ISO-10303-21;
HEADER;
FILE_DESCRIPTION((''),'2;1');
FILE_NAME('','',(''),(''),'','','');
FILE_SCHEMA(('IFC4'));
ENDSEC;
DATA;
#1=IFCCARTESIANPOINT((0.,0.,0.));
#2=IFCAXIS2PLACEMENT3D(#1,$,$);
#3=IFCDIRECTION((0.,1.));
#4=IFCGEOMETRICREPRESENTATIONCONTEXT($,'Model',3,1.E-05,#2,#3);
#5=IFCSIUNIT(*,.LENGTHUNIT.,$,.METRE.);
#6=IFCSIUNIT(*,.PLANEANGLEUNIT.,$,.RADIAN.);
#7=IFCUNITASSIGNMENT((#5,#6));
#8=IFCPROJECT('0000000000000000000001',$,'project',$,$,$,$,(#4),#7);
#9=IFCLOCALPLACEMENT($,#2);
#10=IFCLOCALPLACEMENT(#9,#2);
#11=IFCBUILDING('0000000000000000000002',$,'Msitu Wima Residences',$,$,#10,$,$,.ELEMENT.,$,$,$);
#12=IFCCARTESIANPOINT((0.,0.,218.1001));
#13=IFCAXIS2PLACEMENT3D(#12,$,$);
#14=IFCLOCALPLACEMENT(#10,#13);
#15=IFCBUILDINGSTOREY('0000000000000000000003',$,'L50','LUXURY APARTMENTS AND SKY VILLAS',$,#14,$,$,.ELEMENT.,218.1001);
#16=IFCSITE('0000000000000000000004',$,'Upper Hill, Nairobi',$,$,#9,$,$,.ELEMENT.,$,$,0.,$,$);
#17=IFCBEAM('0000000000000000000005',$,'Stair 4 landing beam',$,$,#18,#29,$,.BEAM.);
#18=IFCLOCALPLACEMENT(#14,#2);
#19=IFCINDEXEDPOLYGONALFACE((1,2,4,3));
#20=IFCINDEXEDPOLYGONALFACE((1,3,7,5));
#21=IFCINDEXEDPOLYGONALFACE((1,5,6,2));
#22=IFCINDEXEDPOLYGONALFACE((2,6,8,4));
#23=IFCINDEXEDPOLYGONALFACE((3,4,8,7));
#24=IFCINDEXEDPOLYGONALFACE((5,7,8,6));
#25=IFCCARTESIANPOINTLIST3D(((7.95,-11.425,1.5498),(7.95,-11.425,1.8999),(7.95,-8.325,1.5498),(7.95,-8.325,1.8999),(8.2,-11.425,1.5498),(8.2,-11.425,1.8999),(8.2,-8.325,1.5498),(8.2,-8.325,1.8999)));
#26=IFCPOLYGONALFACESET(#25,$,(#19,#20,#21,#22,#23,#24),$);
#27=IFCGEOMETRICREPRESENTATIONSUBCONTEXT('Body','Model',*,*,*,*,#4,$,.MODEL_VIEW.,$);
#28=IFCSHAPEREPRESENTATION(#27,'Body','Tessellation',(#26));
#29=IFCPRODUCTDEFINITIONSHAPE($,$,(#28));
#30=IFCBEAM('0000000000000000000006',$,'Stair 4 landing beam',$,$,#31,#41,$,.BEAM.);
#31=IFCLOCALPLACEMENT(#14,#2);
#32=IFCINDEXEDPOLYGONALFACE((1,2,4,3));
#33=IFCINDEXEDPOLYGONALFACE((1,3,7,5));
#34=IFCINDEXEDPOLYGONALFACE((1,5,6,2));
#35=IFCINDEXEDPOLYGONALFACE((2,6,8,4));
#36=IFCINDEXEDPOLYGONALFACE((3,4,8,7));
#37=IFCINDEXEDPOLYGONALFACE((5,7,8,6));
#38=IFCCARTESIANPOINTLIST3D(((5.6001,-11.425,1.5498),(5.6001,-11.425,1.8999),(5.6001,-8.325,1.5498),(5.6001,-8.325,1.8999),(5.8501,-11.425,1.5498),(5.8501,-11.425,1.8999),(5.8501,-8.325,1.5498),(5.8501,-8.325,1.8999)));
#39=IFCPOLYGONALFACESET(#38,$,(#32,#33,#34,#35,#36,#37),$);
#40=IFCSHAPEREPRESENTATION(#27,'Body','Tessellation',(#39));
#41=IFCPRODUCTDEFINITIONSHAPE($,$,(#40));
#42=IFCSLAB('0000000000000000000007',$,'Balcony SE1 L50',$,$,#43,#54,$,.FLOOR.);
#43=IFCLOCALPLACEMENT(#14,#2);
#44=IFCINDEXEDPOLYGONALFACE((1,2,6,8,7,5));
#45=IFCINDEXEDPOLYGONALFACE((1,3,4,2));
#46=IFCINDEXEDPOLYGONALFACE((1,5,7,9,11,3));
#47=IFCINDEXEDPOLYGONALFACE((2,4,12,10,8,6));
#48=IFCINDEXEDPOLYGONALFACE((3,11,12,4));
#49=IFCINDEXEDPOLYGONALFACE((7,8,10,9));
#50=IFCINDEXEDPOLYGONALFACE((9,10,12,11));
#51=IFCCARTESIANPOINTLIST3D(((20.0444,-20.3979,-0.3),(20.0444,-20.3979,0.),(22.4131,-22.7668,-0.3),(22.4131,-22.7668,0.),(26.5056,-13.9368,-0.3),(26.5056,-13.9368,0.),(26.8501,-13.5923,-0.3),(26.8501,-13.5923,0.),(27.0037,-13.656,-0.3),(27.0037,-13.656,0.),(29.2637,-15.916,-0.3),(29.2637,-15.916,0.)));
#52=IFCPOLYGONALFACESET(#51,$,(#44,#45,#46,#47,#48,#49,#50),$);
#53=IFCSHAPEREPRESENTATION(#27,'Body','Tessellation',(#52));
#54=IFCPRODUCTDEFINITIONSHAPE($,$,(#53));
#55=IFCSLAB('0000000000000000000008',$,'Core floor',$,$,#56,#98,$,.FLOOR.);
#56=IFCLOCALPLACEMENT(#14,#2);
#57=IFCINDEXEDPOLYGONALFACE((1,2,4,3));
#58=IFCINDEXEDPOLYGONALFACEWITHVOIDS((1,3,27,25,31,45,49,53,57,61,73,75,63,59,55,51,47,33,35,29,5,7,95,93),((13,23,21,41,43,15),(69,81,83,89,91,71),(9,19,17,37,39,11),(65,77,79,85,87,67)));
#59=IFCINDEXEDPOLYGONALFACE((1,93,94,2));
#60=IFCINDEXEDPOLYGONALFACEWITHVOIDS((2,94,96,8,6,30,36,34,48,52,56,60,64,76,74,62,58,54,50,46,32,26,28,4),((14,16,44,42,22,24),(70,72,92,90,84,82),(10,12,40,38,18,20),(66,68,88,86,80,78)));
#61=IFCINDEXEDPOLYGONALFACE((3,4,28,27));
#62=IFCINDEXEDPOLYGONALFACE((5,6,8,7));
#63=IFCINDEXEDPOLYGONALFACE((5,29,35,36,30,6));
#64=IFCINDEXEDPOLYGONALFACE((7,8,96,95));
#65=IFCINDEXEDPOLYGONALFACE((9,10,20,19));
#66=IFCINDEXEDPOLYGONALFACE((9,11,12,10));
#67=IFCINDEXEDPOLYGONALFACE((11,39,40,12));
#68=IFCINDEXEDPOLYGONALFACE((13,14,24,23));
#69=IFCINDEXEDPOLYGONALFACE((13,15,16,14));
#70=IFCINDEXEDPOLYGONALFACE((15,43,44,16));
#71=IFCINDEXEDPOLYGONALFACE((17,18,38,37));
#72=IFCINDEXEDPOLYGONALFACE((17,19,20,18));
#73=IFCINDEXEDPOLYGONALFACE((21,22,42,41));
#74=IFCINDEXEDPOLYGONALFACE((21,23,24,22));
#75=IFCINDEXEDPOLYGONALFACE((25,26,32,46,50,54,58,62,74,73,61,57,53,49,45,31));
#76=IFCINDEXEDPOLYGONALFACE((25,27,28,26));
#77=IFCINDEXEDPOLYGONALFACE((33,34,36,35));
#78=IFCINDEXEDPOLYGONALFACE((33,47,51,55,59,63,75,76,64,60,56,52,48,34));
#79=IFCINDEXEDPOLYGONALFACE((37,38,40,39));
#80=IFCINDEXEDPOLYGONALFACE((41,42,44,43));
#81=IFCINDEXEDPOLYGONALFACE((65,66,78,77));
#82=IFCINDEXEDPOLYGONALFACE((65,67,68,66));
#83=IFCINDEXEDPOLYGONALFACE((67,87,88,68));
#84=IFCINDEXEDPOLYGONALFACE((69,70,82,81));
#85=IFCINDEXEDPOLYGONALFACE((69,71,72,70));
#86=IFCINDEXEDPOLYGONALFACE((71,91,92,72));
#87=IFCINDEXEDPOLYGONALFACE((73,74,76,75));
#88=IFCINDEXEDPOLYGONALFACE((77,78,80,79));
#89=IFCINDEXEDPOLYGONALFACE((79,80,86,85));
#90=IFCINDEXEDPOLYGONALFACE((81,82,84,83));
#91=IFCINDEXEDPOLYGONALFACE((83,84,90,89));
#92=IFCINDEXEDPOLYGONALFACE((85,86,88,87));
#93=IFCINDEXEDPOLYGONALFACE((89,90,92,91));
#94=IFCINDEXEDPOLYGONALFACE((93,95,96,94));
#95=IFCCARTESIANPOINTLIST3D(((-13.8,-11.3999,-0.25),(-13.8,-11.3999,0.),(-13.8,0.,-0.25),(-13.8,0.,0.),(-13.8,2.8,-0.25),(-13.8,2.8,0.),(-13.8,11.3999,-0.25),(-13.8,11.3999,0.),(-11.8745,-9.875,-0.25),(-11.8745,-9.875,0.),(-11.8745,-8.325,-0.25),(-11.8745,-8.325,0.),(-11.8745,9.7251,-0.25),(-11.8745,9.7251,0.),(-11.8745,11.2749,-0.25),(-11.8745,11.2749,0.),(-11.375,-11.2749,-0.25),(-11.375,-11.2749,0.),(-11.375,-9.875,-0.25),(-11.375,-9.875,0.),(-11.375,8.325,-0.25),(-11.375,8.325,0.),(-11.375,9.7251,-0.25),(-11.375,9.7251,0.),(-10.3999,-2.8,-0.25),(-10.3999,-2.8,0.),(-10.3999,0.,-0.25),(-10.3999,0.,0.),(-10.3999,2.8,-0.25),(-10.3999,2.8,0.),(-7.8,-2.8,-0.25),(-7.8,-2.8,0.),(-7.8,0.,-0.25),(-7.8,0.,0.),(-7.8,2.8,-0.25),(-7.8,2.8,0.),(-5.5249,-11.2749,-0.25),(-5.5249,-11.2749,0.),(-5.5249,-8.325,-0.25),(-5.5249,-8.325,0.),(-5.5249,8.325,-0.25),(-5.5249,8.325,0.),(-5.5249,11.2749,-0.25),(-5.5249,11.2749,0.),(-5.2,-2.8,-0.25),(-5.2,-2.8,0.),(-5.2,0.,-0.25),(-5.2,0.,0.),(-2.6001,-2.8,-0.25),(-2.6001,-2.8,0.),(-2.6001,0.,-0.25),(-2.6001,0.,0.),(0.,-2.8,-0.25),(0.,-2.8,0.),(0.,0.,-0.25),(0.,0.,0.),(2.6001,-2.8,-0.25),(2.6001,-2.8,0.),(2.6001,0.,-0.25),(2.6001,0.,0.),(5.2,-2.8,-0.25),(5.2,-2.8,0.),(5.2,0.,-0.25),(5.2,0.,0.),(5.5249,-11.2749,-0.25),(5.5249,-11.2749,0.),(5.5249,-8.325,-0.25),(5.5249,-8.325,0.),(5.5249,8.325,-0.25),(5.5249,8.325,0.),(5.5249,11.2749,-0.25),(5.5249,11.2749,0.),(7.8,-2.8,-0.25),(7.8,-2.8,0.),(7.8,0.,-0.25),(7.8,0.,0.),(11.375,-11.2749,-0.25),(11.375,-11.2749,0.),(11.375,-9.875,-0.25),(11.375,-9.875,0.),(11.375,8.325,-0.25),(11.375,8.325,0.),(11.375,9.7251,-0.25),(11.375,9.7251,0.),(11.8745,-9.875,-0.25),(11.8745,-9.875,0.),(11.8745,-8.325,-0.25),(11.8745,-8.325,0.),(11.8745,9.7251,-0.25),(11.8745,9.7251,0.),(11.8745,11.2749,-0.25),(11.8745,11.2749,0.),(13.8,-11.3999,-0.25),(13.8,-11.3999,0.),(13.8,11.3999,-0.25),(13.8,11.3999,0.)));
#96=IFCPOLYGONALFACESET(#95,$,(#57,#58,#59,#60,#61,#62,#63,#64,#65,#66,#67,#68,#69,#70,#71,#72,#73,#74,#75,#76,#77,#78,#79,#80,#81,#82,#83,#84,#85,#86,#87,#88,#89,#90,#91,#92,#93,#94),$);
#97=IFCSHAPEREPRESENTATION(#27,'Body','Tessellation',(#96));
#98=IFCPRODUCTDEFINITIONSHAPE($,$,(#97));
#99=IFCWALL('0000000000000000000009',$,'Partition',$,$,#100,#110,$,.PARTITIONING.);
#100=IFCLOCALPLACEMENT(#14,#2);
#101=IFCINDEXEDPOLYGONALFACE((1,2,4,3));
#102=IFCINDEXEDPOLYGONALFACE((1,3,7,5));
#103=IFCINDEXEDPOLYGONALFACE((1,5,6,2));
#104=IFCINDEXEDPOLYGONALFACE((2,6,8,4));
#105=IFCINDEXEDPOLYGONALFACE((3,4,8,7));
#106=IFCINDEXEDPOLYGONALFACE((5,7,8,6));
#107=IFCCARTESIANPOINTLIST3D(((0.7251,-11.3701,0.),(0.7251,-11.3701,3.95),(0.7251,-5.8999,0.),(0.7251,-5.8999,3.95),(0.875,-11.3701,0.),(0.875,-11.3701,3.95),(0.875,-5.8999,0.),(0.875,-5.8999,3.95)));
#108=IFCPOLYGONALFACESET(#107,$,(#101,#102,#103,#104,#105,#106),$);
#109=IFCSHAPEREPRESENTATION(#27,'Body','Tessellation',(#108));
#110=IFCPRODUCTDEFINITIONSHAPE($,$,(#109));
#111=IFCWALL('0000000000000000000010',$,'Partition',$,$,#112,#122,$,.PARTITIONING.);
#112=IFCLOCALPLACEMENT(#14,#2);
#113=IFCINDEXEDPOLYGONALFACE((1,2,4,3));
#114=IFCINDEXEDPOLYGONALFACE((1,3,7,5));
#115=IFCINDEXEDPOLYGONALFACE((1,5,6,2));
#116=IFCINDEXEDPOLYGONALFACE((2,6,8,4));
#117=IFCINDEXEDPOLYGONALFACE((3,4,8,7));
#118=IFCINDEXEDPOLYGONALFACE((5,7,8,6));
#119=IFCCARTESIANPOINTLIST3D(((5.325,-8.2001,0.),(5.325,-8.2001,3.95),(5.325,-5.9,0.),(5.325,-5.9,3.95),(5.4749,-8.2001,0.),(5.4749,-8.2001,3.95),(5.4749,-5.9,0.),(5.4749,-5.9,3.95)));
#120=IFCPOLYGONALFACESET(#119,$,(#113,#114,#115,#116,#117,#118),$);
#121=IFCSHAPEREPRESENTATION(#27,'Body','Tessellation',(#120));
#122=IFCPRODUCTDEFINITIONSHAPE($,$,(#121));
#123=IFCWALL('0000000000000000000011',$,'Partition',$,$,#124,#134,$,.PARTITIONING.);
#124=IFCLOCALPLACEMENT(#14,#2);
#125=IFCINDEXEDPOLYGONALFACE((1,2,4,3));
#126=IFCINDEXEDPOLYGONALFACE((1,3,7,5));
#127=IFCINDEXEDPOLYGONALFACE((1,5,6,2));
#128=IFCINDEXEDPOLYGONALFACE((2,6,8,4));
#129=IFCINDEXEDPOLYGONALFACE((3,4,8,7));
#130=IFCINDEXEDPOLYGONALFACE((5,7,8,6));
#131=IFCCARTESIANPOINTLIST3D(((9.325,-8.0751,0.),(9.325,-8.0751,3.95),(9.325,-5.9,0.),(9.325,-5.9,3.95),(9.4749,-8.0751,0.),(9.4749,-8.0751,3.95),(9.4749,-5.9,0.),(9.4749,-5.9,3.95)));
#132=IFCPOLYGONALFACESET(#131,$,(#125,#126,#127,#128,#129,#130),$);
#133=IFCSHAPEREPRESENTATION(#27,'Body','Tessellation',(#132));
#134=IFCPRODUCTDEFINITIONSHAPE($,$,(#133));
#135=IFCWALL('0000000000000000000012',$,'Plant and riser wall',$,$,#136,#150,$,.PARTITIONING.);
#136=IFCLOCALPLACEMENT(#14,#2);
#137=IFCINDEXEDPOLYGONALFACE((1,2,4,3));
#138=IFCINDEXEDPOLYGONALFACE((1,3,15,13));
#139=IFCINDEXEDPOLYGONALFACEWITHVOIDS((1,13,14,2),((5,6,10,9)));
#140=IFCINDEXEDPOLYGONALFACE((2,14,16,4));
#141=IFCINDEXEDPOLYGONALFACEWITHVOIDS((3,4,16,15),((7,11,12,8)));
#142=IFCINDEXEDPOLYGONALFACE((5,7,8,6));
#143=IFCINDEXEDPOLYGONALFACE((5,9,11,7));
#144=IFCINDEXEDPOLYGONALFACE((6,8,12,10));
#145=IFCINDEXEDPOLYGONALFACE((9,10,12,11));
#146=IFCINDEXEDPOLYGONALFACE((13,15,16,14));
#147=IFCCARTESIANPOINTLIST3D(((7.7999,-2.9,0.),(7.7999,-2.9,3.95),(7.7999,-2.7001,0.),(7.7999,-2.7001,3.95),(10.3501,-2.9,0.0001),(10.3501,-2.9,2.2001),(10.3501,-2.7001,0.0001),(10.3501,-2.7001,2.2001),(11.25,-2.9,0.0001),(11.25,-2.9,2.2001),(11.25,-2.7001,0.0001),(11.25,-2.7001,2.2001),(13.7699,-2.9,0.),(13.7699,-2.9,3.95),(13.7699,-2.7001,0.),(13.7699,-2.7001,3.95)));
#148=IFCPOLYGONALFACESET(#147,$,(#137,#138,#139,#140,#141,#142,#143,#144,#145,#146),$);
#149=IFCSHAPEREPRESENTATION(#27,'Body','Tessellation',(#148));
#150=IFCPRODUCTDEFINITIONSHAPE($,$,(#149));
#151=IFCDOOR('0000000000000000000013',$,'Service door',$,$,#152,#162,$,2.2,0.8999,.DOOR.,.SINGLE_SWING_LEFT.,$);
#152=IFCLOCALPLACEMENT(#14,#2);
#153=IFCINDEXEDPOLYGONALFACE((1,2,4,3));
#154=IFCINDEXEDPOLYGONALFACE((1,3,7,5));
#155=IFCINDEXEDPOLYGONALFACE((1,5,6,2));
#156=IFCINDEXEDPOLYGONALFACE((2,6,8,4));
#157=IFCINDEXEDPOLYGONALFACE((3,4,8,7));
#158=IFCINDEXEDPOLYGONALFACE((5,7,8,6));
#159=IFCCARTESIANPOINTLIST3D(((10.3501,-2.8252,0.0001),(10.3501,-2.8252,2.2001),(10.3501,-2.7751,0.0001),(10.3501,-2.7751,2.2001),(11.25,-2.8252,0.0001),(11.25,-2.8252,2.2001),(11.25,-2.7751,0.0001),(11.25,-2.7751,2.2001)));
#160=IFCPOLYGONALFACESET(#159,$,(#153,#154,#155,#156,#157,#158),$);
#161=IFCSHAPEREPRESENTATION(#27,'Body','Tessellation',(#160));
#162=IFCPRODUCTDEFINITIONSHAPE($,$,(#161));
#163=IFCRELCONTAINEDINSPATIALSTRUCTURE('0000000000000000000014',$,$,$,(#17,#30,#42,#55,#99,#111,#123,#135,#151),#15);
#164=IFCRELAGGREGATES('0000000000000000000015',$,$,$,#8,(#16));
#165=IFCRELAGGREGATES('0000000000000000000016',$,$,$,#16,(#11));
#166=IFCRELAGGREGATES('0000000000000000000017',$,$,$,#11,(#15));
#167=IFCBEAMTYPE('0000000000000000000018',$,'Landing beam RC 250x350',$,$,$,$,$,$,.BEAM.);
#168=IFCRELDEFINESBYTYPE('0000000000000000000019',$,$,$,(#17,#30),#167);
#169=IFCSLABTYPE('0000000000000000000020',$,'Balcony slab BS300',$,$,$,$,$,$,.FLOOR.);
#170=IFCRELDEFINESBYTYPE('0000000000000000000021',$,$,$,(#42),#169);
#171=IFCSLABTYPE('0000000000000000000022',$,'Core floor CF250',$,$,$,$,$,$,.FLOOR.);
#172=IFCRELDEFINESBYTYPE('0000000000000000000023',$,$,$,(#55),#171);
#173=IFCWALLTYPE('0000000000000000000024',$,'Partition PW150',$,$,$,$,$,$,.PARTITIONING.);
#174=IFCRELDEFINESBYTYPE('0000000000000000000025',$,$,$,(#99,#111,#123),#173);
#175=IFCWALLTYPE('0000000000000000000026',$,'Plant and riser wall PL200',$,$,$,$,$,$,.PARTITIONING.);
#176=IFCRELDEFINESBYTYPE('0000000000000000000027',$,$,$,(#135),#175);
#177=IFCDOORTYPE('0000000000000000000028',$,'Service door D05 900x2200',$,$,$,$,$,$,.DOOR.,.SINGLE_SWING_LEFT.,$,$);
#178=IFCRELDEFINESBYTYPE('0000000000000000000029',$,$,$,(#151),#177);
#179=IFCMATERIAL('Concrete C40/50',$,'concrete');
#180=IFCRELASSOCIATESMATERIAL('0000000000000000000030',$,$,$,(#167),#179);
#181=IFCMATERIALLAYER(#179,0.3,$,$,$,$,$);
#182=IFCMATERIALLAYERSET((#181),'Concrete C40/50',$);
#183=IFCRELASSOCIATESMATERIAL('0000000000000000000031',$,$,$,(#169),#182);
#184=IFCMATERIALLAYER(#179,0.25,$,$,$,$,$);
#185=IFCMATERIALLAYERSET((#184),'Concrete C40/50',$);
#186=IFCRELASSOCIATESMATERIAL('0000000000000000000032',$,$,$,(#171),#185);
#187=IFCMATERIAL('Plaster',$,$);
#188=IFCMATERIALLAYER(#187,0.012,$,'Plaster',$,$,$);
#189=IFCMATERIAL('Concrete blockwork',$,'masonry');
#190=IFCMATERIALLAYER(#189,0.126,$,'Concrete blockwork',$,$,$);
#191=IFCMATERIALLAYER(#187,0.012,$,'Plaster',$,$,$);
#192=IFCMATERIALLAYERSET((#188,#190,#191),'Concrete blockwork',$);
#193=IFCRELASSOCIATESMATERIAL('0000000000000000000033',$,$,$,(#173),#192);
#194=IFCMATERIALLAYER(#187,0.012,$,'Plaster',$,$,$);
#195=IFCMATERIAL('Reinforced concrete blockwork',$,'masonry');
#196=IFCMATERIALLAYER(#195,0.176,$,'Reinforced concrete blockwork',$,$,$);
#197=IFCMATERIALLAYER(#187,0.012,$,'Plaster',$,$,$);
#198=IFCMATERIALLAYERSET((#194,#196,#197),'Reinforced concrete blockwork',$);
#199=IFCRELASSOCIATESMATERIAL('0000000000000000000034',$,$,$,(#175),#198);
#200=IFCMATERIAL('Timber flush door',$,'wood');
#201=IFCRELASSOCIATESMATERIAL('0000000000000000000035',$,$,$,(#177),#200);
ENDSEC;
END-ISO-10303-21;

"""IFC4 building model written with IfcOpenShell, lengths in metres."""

from ifc_helpers import new_model, si_unit, direction, frame, frame_2d, origin, origin_2d, place, context, subcontext, project, spatial, polyline, rectangle, outline, extrude, material, layer, layer_set, material_profile, profile_set, type_object, element, fill, save


model = new_model("IFC4")

# Units and contexts
model_context = context("Model", 3, precision=1e-05, world=origin(), true_north=direction((0.0, 1.0)))
body_context = subcontext(model_context, "Body", "Model", "MODEL_VIEW")
ifc_project = project(units=[si_unit("LENGTHUNIT", "METRE"), si_unit("PLANEANGLEUNIT", "RADIAN")], contexts=[model_context])

# Site, building, storey
site_placement = place(None, origin())
site = spatial("IfcSite", under=ifc_project, at=site_placement, Name="Upper Hill, Nairobi", CompositionType="ELEMENT", RefElevation=0.0)
building_placement = place(site_placement, origin())
building = spatial("IfcBuilding", under=site, at=building_placement, Name="Msitu Wima Residences", CompositionType="ELEMENT")
storey_placement = place(building_placement, frame((0.0, 0.0, 218.1001)))
storey = spatial("IfcBuildingStorey", under=building, at=storey_placement, Name="L50", Description="LUXURY APARTMENTS AND SKY VILLAS", CompositionType="ELEMENT", Elevation=218.1001)

# Beams
ifc_material_1 = material(Name="Concrete C40/50", Category="concrete")
ifc_material_profile = material_profile(ifc_material_1, rectangle(XDim=0.25, YDim=0.3501, at=origin_2d()), Name="RC 250x350")
ifc_profile_set = profile_set([ifc_material_profile], Name="Concrete C40/50")
beam_type = type_object("IfcBeamType", Name="Landing beam RC 250x350", PredefinedType="BEAM", material=ifc_profile_set)
for number, where, z_axis, x_axis, name in (
    (1, (8.075, -11.425, 1.7249), (0.0, 1.0, 0.0), (-1.0, 0.0, 0.0), "Stair 4 landing beam"),
    (2, (5.7251, -11.425, 1.7249), (0.0, 1.0, 0.0), (-1.0, 0.0, 0.0), "Stair 4 landing beam"),
):
    element("IfcBeam", number, at=place(storey_placement, frame(where, z_axis=z_axis, x_axis=x_axis)), inside=storey, type_object=beam_type, Name=name, PredefinedType="BEAM", context=body_context, shape_type="SweptSolid", body=[
        extrude(rectangle(XDim=0.25, YDim=0.3501, at=origin_2d()), origin(), (0.0, 0.0, 1.0), 3.1001),
    ])

# Slabs
ifc_layer_1 = layer(ifc_material_1, 0.3)
ifc_layer_set_1 = layer_set([ifc_layer_1], Name="Concrete C40/50")
slab_type_1 = type_object("IfcSlabType", Name="Balcony slab BS300", PredefinedType="FLOOR", material=ifc_layer_set_1)
slab_1_placement = place(storey_placement, frame((0.0, 0.0, -0.3)))
element("IfcSlab", 3, at=slab_1_placement, inside=storey, type_object=slab_type_1, Name="Balcony SE1 L50", PredefinedType="FLOOR", context=body_context, shape_type="SweptSolid", body=[
    extrude(outline(polyline([(26.5056, -13.9368), (26.5056, -13.9368), (26.8501, -13.5923), (27.0037, -13.656), (29.2637, -15.916), (22.4131, -22.7668), (20.0444, -20.3979), (26.5056, -13.9368), (26.5056, -13.9368)])), origin(), (0.0, 0.0, 1.0), 0.3),
])
ifc_layer_2 = layer(ifc_material_1, 0.25)
ifc_layer_set_2 = layer_set([ifc_layer_2], Name="Concrete C40/50")
slab_type_2 = type_object("IfcSlabType", Name="Core floor CF250", PredefinedType="FLOOR", material=ifc_layer_set_2)
slab_2_placement = place(storey_placement, frame((0.0, 0.0, -0.25)))
element("IfcSlab", 4, at=slab_2_placement, inside=storey, type_object=slab_type_2, Name="Core floor", PredefinedType="FLOOR", context=body_context, shape_type="SweptSolid", body=[
    extrude(outline(polyline([(-13.8, 11.3999), (-13.8, 2.8), (-10.3999, 2.8), (-7.8, 2.8), (-7.8, 0.0), (-5.2, 0.0), (-2.6001, 0.0), (0.0, 0.0), (2.6001, 0.0), (5.2, 0.0), (7.8, 0.0), (7.8, -2.8), (5.2, -2.8), (2.6001, -2.8), (0.0, -2.8), (-2.6001, -2.8), (-5.2, -2.8), (-7.8, -2.8), (-10.3999, -2.8), (-10.3999, 0.0), (-13.8, 0.0), (-13.8, -11.3999), (13.8, -11.3999), (13.8, 11.3999), (-13.8, 11.3999)]), holes=[polyline([(-11.375, -11.2749), (-11.375, -9.875), (-11.8745, -9.875), (-11.8745, -8.325), (-5.5249, -8.325), (-5.5249, -11.2749), (-11.375, -11.2749)]), polyline([(-11.375, 8.325), (-11.375, 9.7251), (-11.8745, 9.7251), (-11.8745, 11.2749), (-5.5249, 11.2749), (-5.5249, 8.325), (-11.375, 8.325)]), polyline([(11.375, -9.875), (11.375, -11.2749), (5.5249, -11.2749), (5.5249, -8.325), (11.8745, -8.325), (11.8745, -9.875), (11.375, -9.875)]), polyline([(11.375, 9.7251), (11.375, 8.325), (5.5249, 8.325), (5.5249, 11.2749), (11.8745, 11.2749), (11.8745, 9.7251), (11.375, 9.7251)])]), origin(), (0.0, 0.0, 1.0), 0.25),
])

# Walls
ifc_material_2 = material(Name="Plaster")
ifc_layer_3 = layer(ifc_material_2, 0.012, Name="Plaster")
ifc_material_3 = material(Name="Concrete blockwork", Category="masonry")
ifc_layer_4 = layer(ifc_material_3, 0.126, Name="Concrete blockwork")
ifc_layer_5 = layer(ifc_material_2, 0.012, Name="Plaster")
ifc_layer_set_3 = layer_set([ifc_layer_3, ifc_layer_4, ifc_layer_5], Name="Concrete blockwork")
wall_type_1 = type_object("IfcWallType", Name="Partition PW150", PredefinedType="PARTITIONING", material=ifc_layer_set_3)
wall_1_placement = place(storey_placement, frame((0.8, -11.3701, 0.0), z_axis=(0.0, 0.0, 1.0), x_axis=(0.0, 1.0, 0.0)))
element("IfcWall", 5, at=wall_1_placement, inside=storey, type_object=wall_type_1, Name="Partition", PredefinedType="PARTITIONING", context=body_context, shape_type="SweptSolid", body=[
    extrude(rectangle(XDim=5.4702, YDim=0.1499, at=frame_2d((2.7351, 0.0))), origin(), (0.0, 0.0, 1.0), 3.95),
])
wall_2_placement = place(storey_placement, frame((5.3999, -8.2, 0.0), z_axis=(0.0, 0.0, 1.0), x_axis=(0.0, 1.0, 0.0)))
element("IfcWall", 6, at=wall_2_placement, inside=storey, type_object=wall_type_1, Name="Partition", PredefinedType="PARTITIONING", context=body_context, shape_type="SweptSolid", body=[
    extrude(rectangle(XDim=2.3, YDim=0.1499, at=frame_2d((1.1499, 0.0))), origin(), (0.0, 0.0, 1.0), 3.95),
])
wall_3_placement = place(storey_placement, frame((9.3999, -8.075, 0.0), z_axis=(0.0, 0.0, 1.0), x_axis=(0.0, 1.0, 0.0)))
element("IfcWall", 7, at=wall_3_placement, inside=storey, type_object=wall_type_1, Name="Partition", PredefinedType="PARTITIONING", context=body_context, shape_type="SweptSolid", body=[
    extrude(rectangle(XDim=2.175, YDim=0.1499, at=frame_2d((1.0874, 0.0))), origin(), (0.0, 0.0, 1.0), 3.95),
])

# Wall, opening, door
ifc_layer_6 = layer(ifc_material_2, 0.012, Name="Plaster")
ifc_material_4 = material(Name="Reinforced concrete blockwork", Category="masonry")
ifc_layer_7 = layer(ifc_material_4, 0.176, Name="Reinforced concrete blockwork")
ifc_layer_8 = layer(ifc_material_2, 0.012, Name="Plaster")
ifc_layer_set_4 = layer_set([ifc_layer_6, ifc_layer_7, ifc_layer_8], Name="Reinforced concrete blockwork")
wall_type_2 = type_object("IfcWallType", Name="Plant and riser wall PL200", PredefinedType="PARTITIONING", material=ifc_layer_set_4)
wall_4_placement = place(storey_placement, frame((7.8, -2.8, 0.0), z_axis=(0.0, 0.0, 1.0), x_axis=(1.0, 0.0, 0.0)))
wall_4 = element("IfcWall", 8, at=wall_4_placement, inside=storey, type_object=wall_type_2, Name="Plant and riser wall", PredefinedType="PARTITIONING", context=body_context, shape_type="SweptSolid", body=[
    extrude(rectangle(XDim=5.97, YDim=0.2, at=frame_2d((2.9849, 0.0))), origin(), (0.0, 0.0, 1.0), 3.95),
])
opening_1_placement = place(wall_4_placement, frame((2.55, 0.0, 0.0)))
opening_1 = element("IfcOpeningElement", 9, at=opening_1_placement, cuts=wall_4, PredefinedType="OPENING", context=body_context, shape_type="SweptSolid", body=[
    extrude(rectangle(XDim=0.8999, YDim=2.2, at=frame_2d((0.45, 1.1001))), frame((0.0, 0.1099, 0.0), z_axis=(0.0, -1.0, 0.0), x_axis=(1.0, 0.0, 0.0)), (0.0, 0.0, 1.0), 0.22),
])
ifc_material_5 = material(Name="Timber flush door", Category="wood")
door_type_1 = type_object("IfcDoorType", Name="Service door D05 900x2200", OperationType="SINGLE_SWING_LEFT", PredefinedType="DOOR", material=ifc_material_5)
door_1_placement = place(opening_1_placement, origin())
door_1 = element("IfcDoor", 10, at=door_1_placement, inside=storey, type_object=door_type_1, Name="Service door", OperationType="SINGLE_SWING_LEFT", OverallHeight=2.2, OverallWidth=0.8999, PredefinedType="DOOR", context=body_context, shape_type="SweptSolid", body=[
    extrude(rectangle(XDim=0.8999, YDim=2.2, at=frame_2d((0.45, 1.1001))), frame((0.0, 0.0249, 0.0), z_axis=(0.0, -1.0, 0.0), x_axis=(1.0, 0.0, 0.0)), (0.0, 0.0, 1.0), 0.05),
])
fill(opening_1, door_1)

save(model, "model.ifc")
